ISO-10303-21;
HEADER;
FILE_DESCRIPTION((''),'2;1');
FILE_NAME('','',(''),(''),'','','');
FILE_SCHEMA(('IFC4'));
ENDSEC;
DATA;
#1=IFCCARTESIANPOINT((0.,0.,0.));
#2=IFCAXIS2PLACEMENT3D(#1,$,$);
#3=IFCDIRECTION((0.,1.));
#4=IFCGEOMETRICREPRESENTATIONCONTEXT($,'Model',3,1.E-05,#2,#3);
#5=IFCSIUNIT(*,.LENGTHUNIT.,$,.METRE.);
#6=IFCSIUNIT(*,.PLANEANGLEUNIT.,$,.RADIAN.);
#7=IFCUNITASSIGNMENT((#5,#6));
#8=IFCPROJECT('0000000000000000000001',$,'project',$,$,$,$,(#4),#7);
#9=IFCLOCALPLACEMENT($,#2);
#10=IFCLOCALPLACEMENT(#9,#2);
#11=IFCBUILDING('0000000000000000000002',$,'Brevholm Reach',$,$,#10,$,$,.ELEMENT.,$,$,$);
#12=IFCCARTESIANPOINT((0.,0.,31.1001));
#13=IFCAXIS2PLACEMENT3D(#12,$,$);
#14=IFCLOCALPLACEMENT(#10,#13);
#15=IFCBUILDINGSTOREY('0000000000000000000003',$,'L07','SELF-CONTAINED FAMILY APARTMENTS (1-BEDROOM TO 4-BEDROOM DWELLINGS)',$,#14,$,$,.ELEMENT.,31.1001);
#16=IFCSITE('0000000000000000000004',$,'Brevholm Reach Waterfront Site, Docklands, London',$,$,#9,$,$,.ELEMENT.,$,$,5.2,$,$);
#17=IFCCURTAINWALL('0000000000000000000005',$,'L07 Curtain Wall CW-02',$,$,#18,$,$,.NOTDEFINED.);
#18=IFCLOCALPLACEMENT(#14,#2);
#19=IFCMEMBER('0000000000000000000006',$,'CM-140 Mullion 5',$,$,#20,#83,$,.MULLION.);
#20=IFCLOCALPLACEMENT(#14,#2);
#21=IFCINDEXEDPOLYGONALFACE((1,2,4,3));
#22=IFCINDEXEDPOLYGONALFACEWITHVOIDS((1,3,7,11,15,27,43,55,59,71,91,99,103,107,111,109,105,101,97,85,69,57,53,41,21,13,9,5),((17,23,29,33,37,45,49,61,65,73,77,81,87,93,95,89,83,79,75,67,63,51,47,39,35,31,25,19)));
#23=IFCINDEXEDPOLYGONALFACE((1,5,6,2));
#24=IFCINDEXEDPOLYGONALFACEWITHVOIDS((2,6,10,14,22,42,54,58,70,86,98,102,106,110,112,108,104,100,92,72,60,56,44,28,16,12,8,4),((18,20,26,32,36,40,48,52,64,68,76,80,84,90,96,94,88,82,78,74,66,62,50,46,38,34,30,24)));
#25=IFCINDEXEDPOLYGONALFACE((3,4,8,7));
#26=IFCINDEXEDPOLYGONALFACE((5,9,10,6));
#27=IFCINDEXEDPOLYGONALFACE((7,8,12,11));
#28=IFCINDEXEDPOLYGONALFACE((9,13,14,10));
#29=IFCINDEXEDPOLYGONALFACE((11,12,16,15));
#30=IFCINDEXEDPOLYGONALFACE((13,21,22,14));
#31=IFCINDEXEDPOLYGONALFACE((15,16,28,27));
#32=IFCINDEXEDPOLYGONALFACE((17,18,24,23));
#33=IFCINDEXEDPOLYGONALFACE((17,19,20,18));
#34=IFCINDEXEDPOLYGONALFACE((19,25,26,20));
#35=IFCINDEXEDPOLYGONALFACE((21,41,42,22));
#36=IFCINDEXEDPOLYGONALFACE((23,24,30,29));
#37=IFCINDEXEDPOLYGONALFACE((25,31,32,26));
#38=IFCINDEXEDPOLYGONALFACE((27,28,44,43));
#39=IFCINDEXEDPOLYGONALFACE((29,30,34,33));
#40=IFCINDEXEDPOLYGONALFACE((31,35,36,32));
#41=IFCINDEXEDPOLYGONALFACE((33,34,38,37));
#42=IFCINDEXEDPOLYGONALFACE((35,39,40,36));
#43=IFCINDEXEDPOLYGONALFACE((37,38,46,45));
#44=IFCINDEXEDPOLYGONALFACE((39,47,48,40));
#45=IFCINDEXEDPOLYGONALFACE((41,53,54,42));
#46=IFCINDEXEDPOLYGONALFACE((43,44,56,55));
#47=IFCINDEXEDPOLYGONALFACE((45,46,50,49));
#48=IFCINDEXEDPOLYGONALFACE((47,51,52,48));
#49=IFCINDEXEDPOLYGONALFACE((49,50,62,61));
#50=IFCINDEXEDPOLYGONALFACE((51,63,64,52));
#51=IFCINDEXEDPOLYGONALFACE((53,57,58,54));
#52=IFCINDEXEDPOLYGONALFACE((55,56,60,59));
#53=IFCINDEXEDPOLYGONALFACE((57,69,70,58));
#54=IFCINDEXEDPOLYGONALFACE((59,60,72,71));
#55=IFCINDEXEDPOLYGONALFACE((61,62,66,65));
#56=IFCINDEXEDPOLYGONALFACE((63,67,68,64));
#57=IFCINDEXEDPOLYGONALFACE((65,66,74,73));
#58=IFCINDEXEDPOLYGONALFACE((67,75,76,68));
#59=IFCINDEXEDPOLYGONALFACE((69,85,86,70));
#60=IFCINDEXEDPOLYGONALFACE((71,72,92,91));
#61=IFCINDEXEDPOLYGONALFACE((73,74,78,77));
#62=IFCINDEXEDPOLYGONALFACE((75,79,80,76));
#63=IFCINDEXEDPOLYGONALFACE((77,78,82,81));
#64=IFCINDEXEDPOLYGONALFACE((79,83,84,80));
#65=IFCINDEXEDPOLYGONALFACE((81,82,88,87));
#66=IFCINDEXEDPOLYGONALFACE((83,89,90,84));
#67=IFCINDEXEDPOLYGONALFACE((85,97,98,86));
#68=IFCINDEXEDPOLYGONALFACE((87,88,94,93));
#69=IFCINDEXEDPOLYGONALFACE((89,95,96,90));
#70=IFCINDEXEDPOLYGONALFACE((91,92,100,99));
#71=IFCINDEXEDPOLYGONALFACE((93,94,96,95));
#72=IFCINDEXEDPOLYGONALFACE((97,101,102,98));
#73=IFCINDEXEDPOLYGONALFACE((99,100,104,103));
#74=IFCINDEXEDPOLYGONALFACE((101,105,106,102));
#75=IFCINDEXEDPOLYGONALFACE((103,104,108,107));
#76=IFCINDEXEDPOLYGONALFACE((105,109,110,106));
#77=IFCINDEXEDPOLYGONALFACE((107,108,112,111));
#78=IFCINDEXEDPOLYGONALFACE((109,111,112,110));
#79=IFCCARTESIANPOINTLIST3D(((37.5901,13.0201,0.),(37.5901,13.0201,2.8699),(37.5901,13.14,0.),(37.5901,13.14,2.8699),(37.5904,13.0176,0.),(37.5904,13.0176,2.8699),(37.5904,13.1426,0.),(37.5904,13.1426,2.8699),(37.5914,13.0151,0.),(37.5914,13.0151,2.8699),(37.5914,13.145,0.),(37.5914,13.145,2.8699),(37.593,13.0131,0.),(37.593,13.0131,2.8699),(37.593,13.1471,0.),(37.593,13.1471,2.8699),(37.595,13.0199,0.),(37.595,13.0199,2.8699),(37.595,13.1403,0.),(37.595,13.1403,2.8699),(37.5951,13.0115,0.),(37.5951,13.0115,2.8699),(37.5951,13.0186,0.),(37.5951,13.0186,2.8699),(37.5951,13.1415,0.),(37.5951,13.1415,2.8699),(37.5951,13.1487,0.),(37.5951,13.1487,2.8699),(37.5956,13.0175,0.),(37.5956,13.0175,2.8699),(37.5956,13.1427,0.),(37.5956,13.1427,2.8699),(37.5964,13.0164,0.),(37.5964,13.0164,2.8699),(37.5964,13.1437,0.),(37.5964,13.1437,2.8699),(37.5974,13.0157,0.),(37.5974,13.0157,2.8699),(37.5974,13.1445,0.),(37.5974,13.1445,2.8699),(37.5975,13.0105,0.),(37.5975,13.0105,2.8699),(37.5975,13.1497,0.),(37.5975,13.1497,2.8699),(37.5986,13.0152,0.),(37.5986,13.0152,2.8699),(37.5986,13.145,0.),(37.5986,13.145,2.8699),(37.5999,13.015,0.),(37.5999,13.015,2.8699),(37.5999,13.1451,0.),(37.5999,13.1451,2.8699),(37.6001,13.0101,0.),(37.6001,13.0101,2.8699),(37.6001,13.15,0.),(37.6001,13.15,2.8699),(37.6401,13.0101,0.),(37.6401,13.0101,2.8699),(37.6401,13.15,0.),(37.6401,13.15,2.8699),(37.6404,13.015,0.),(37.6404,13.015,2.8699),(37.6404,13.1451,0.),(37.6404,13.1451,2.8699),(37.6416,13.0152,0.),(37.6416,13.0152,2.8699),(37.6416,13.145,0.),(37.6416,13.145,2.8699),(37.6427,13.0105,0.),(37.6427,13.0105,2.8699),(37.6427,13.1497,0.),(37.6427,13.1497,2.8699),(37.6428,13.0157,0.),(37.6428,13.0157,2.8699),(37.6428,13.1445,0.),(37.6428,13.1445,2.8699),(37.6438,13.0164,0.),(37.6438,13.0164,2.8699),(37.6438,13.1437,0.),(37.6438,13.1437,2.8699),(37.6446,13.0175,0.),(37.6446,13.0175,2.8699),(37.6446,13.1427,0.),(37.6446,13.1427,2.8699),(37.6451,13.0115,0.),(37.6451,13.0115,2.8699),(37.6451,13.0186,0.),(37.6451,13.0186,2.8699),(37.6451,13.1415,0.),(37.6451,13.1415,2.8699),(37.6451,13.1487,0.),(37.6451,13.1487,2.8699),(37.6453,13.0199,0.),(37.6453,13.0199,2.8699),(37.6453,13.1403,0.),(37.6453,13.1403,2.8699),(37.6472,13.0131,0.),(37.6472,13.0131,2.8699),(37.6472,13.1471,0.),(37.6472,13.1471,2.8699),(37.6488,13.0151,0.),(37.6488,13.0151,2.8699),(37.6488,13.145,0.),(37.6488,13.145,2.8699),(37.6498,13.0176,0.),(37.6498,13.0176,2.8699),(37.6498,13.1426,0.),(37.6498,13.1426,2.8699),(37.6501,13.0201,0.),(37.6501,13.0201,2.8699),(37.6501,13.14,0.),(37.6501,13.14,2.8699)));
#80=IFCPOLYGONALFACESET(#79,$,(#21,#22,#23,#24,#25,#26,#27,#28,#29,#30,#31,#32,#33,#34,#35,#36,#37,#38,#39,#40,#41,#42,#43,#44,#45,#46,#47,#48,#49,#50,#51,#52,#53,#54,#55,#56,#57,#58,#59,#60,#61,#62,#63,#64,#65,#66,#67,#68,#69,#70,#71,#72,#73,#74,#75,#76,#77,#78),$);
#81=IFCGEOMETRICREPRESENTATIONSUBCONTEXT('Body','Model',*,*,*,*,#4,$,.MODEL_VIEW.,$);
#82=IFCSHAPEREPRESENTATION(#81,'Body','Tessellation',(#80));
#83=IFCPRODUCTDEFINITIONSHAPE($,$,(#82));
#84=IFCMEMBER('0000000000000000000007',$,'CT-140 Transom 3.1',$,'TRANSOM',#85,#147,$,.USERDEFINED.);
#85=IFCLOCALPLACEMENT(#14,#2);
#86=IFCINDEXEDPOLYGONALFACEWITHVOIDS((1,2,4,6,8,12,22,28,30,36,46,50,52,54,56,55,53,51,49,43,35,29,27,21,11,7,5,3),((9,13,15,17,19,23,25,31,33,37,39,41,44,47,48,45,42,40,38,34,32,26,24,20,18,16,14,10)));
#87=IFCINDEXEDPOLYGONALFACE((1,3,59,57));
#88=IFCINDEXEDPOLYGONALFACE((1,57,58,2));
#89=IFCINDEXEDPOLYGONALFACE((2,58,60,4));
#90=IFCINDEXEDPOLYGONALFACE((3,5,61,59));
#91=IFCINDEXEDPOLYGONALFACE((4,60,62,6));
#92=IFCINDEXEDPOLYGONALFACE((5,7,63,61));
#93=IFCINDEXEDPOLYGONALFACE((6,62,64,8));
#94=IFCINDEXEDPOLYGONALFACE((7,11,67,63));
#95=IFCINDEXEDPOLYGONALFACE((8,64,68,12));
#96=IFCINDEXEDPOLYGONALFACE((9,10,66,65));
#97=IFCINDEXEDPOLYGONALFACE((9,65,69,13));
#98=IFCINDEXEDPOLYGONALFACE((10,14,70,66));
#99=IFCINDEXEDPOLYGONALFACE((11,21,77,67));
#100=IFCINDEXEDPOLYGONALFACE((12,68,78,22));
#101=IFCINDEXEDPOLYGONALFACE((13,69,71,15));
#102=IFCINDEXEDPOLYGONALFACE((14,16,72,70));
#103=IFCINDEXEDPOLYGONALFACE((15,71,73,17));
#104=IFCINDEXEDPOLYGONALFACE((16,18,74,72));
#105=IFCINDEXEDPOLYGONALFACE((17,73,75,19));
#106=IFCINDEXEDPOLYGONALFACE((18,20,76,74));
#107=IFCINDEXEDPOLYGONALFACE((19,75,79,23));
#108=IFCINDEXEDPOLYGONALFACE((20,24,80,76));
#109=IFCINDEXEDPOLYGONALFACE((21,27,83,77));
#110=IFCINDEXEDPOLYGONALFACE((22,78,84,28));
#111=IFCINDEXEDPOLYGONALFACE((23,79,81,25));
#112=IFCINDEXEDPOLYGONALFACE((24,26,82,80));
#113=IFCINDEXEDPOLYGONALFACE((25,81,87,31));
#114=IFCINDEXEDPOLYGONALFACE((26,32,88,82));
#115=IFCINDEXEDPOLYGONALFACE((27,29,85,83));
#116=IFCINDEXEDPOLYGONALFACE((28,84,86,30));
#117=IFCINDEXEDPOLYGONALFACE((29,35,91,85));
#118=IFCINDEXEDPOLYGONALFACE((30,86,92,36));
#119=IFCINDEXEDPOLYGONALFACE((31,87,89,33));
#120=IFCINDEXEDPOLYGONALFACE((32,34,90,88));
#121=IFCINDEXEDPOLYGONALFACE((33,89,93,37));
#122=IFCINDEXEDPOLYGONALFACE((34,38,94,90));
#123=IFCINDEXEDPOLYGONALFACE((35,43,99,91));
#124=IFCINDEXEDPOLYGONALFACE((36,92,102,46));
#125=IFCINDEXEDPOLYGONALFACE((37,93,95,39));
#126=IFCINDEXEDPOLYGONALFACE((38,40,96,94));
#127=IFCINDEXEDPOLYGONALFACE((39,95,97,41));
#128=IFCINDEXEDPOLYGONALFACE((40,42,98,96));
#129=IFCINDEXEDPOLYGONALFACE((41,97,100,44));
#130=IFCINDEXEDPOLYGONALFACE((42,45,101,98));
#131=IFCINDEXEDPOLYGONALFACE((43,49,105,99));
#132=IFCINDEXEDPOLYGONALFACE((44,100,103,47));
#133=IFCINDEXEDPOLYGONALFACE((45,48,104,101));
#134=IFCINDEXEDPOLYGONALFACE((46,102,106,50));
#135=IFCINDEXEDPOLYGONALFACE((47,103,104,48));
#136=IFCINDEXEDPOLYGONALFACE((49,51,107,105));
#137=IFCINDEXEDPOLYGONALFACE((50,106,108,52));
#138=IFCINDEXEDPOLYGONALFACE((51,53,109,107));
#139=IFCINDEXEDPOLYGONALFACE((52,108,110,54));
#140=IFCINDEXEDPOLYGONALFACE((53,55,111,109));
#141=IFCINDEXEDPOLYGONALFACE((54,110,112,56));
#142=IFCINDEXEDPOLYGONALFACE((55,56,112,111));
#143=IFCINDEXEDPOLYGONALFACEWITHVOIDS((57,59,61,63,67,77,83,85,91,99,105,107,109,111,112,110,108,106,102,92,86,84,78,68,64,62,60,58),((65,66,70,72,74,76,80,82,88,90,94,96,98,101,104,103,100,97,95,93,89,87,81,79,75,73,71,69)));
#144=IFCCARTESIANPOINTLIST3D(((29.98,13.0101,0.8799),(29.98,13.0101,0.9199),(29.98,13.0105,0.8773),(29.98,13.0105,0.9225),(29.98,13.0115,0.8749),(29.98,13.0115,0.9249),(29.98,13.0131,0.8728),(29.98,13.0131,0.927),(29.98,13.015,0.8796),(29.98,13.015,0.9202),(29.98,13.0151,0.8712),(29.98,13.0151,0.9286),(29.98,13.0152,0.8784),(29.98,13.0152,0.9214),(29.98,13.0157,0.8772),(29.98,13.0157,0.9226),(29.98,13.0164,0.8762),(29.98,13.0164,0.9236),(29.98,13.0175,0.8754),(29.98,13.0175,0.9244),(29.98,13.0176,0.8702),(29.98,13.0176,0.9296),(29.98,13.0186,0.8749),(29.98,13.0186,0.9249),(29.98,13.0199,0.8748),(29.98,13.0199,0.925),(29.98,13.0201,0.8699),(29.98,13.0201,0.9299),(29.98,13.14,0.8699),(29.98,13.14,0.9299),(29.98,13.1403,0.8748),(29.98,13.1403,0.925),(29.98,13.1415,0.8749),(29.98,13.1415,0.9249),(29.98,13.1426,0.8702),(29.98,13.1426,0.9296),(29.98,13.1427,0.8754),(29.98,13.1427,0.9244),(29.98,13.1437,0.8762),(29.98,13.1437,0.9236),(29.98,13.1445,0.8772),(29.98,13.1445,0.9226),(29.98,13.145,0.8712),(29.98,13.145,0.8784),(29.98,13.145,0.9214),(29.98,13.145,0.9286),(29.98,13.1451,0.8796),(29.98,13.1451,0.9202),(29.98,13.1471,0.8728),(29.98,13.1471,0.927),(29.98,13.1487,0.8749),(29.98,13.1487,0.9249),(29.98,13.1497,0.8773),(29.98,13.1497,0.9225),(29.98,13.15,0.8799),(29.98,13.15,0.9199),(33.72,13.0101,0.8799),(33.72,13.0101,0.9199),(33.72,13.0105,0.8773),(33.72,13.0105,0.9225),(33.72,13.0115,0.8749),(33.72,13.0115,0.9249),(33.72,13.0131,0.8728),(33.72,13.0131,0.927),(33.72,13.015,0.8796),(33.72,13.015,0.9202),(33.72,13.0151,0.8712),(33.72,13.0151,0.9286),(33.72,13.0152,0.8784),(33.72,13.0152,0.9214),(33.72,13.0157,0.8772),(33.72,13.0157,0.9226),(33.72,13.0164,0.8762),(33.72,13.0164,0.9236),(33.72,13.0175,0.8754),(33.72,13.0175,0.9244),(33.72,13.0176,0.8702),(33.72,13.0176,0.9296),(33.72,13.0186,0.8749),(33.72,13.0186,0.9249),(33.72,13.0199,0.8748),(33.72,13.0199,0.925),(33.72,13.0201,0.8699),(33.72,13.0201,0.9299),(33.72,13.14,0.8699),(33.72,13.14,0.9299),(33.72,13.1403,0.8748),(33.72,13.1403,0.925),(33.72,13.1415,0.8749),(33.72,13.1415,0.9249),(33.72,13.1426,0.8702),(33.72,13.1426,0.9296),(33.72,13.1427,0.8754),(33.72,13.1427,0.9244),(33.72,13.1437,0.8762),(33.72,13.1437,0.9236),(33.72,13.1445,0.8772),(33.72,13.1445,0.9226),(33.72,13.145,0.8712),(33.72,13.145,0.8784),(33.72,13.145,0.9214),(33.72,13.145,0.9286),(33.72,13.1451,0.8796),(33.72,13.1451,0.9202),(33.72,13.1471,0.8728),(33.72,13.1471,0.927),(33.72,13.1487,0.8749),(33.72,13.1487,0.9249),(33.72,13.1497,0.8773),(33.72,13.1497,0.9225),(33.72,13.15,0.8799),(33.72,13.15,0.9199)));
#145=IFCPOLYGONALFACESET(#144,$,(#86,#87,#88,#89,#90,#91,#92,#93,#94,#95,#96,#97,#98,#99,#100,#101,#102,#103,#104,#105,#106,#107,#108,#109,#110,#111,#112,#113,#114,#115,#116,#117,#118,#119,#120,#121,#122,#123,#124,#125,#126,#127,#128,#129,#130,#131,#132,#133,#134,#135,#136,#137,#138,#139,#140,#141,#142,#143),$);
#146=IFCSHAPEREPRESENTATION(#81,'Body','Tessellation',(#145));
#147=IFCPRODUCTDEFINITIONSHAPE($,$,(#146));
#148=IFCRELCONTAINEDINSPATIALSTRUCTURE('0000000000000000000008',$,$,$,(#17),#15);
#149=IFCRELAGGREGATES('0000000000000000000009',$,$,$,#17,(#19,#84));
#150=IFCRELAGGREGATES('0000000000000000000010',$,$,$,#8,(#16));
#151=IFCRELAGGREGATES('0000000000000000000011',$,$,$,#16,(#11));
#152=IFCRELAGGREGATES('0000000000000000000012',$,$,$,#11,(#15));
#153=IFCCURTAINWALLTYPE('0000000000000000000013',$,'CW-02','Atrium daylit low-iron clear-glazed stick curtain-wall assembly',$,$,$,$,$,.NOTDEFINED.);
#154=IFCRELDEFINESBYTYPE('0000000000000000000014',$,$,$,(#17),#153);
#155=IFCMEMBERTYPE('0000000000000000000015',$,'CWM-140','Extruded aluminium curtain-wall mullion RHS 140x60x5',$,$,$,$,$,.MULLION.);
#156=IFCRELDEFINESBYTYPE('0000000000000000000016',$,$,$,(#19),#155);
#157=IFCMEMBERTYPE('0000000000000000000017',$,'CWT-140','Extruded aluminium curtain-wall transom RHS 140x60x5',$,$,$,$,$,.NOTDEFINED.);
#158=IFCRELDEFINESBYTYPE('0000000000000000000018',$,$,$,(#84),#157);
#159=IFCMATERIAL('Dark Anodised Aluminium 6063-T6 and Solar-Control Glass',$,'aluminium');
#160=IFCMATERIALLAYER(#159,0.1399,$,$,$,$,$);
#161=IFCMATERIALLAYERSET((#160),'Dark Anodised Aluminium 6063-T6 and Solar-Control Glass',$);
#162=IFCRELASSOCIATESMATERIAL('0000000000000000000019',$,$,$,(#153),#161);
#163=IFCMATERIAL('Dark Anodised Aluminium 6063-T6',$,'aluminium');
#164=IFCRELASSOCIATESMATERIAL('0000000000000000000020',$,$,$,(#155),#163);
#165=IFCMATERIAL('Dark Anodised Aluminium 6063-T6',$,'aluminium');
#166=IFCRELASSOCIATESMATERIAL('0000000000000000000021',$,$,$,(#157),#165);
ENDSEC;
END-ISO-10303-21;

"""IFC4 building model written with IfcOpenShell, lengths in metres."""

from ifc_helpers import new_model, si_unit, direction, frame, origin, origin_2d, place, context, subcontext, project, spatial, hollow_rectangle, extrude, material, layer, layer_set, material_profile, profile_set, type_object, element, aggregate, save


model = new_model("IFC4")

# Units and contexts
model_context = context("Model", 3, precision=1e-05, world=origin(), true_north=direction((0.0, 1.0)))
body_context = subcontext(model_context, "Body", "Model", "MODEL_VIEW")
ifc_project = project(units=[si_unit("LENGTHUNIT", "METRE"), si_unit("PLANEANGLEUNIT", "RADIAN")], contexts=[model_context])

# Site, building, storey
site_placement = place(None, origin())
site = spatial("IfcSite", under=ifc_project, at=site_placement, Name="Brevholm Reach Waterfront Site, Docklands, London", CompositionType="ELEMENT", RefElevation=5.2)
building_placement = place(site_placement, origin())
building = spatial("IfcBuilding", under=site, at=building_placement, Name="Brevholm Reach", CompositionType="ELEMENT")
storey_placement = place(building_placement, frame((0.0, 0.0, 31.1001)))
storey = spatial("IfcBuildingStorey", under=building, at=storey_placement, Name="L07", Description="SELF-CONTAINED FAMILY APARTMENTS (1-BEDROOM TO 4-BEDROOM DWELLINGS)", CompositionType="ELEMENT", Elevation=31.1001)

# Curtain wall, members
ifc_material_1 = material(Name="Dark Anodised Aluminium 6063-T6 and Solar-Control Glass", Category="aluminium")
ifc_layer_1 = layer(ifc_material_1, 0.1399)
ifc_layer_set_1 = layer_set([ifc_layer_1], Name="Dark Anodised Aluminium 6063-T6 and Solar-Control Glass")
curtain_wall_type = type_object("IfcCurtainWallType", Name="CW-02", Description="Atrium daylit low-iron clear-glazed stick curtain-wall assembly", PredefinedType="NOTDEFINED", material=ifc_layer_set_1)
curtain_wall_placement = place(storey_placement, origin())
curtain_wall = element("IfcCurtainWall", 1, at=curtain_wall_placement, inside=storey, type_object=curtain_wall_type, Name="L07 Curtain Wall CW-02", PredefinedType="NOTDEFINED")
ifc_material_2 = material(Name="Dark Anodised Aluminium 6063-T6", Category="aluminium")
ifc_material_profile_1 = material_profile(ifc_material_2, hollow_rectangle(XDim=0.0601, YDim=0.1399, WallThickness=0.0049, InnerFilletRadius=0.0049, OuterFilletRadius=0.01, at=origin_2d()), Name="RHS 140x60x5")
ifc_profile_set_1 = profile_set([ifc_material_profile_1], Name="Dark Anodised Aluminium 6063-T6")
member_type_1 = type_object("IfcMemberType", Name="CWM-140", Description="Extruded aluminium curtain-wall mullion RHS 140x60x5", PredefinedType="MULLION", material=ifc_profile_set_1)
member_1_placement = place(storey_placement, frame((37.6201, 13.0801, 0.0), z_axis=(0.0, 0.0, 1.0), x_axis=(1.0, 0.0, 0.0)))
member_1 = element("IfcMember", 2, at=member_1_placement, type_object=member_type_1, Name="CM-140 Mullion 5", PredefinedType="MULLION", context=body_context, shape_type="SweptSolid", body=[
    extrude(hollow_rectangle(XDim=0.0601, YDim=0.1399, WallThickness=0.0049, InnerFilletRadius=0.0049, OuterFilletRadius=0.01, at=origin_2d()), origin(), (0.0, 0.0, 1.0), 2.8699),
])
ifc_material_3 = material(Name="Dark Anodised Aluminium 6063-T6", Category="aluminium")
ifc_material_profile_2 = material_profile(ifc_material_3, hollow_rectangle(XDim=0.0601, YDim=0.1399, WallThickness=0.0049, InnerFilletRadius=0.0049, OuterFilletRadius=0.01, at=origin_2d()), Name="RHS 140x60x5")
ifc_profile_set_2 = profile_set([ifc_material_profile_2], Name="Dark Anodised Aluminium 6063-T6")
member_type_2 = type_object("IfcMemberType", Name="CWT-140", Description="Extruded aluminium curtain-wall transom RHS 140x60x5", PredefinedType="NOTDEFINED", material=ifc_profile_set_2)
member_2_placement = place(storey_placement, frame((29.98, 13.0801, 0.8999), z_axis=(1.0, 0.0, 0.0), x_axis=(0.0, 0.0, 1.0)))
member_2 = element("IfcMember", 3, at=member_2_placement, type_object=member_type_2, Name="CT-140 Transom 3.1", ObjectType="TRANSOM", PredefinedType="USERDEFINED", context=body_context, shape_type="SweptSolid", body=[
    extrude(hollow_rectangle(XDim=0.0601, YDim=0.1399, WallThickness=0.0049, InnerFilletRadius=0.0049, OuterFilletRadius=0.01, at=origin_2d()), origin(), (0.0, 0.0, 1.0), 3.74),
])
aggregate(curtain_wall, [member_1, member_2])

save(model, "model.ifc")
